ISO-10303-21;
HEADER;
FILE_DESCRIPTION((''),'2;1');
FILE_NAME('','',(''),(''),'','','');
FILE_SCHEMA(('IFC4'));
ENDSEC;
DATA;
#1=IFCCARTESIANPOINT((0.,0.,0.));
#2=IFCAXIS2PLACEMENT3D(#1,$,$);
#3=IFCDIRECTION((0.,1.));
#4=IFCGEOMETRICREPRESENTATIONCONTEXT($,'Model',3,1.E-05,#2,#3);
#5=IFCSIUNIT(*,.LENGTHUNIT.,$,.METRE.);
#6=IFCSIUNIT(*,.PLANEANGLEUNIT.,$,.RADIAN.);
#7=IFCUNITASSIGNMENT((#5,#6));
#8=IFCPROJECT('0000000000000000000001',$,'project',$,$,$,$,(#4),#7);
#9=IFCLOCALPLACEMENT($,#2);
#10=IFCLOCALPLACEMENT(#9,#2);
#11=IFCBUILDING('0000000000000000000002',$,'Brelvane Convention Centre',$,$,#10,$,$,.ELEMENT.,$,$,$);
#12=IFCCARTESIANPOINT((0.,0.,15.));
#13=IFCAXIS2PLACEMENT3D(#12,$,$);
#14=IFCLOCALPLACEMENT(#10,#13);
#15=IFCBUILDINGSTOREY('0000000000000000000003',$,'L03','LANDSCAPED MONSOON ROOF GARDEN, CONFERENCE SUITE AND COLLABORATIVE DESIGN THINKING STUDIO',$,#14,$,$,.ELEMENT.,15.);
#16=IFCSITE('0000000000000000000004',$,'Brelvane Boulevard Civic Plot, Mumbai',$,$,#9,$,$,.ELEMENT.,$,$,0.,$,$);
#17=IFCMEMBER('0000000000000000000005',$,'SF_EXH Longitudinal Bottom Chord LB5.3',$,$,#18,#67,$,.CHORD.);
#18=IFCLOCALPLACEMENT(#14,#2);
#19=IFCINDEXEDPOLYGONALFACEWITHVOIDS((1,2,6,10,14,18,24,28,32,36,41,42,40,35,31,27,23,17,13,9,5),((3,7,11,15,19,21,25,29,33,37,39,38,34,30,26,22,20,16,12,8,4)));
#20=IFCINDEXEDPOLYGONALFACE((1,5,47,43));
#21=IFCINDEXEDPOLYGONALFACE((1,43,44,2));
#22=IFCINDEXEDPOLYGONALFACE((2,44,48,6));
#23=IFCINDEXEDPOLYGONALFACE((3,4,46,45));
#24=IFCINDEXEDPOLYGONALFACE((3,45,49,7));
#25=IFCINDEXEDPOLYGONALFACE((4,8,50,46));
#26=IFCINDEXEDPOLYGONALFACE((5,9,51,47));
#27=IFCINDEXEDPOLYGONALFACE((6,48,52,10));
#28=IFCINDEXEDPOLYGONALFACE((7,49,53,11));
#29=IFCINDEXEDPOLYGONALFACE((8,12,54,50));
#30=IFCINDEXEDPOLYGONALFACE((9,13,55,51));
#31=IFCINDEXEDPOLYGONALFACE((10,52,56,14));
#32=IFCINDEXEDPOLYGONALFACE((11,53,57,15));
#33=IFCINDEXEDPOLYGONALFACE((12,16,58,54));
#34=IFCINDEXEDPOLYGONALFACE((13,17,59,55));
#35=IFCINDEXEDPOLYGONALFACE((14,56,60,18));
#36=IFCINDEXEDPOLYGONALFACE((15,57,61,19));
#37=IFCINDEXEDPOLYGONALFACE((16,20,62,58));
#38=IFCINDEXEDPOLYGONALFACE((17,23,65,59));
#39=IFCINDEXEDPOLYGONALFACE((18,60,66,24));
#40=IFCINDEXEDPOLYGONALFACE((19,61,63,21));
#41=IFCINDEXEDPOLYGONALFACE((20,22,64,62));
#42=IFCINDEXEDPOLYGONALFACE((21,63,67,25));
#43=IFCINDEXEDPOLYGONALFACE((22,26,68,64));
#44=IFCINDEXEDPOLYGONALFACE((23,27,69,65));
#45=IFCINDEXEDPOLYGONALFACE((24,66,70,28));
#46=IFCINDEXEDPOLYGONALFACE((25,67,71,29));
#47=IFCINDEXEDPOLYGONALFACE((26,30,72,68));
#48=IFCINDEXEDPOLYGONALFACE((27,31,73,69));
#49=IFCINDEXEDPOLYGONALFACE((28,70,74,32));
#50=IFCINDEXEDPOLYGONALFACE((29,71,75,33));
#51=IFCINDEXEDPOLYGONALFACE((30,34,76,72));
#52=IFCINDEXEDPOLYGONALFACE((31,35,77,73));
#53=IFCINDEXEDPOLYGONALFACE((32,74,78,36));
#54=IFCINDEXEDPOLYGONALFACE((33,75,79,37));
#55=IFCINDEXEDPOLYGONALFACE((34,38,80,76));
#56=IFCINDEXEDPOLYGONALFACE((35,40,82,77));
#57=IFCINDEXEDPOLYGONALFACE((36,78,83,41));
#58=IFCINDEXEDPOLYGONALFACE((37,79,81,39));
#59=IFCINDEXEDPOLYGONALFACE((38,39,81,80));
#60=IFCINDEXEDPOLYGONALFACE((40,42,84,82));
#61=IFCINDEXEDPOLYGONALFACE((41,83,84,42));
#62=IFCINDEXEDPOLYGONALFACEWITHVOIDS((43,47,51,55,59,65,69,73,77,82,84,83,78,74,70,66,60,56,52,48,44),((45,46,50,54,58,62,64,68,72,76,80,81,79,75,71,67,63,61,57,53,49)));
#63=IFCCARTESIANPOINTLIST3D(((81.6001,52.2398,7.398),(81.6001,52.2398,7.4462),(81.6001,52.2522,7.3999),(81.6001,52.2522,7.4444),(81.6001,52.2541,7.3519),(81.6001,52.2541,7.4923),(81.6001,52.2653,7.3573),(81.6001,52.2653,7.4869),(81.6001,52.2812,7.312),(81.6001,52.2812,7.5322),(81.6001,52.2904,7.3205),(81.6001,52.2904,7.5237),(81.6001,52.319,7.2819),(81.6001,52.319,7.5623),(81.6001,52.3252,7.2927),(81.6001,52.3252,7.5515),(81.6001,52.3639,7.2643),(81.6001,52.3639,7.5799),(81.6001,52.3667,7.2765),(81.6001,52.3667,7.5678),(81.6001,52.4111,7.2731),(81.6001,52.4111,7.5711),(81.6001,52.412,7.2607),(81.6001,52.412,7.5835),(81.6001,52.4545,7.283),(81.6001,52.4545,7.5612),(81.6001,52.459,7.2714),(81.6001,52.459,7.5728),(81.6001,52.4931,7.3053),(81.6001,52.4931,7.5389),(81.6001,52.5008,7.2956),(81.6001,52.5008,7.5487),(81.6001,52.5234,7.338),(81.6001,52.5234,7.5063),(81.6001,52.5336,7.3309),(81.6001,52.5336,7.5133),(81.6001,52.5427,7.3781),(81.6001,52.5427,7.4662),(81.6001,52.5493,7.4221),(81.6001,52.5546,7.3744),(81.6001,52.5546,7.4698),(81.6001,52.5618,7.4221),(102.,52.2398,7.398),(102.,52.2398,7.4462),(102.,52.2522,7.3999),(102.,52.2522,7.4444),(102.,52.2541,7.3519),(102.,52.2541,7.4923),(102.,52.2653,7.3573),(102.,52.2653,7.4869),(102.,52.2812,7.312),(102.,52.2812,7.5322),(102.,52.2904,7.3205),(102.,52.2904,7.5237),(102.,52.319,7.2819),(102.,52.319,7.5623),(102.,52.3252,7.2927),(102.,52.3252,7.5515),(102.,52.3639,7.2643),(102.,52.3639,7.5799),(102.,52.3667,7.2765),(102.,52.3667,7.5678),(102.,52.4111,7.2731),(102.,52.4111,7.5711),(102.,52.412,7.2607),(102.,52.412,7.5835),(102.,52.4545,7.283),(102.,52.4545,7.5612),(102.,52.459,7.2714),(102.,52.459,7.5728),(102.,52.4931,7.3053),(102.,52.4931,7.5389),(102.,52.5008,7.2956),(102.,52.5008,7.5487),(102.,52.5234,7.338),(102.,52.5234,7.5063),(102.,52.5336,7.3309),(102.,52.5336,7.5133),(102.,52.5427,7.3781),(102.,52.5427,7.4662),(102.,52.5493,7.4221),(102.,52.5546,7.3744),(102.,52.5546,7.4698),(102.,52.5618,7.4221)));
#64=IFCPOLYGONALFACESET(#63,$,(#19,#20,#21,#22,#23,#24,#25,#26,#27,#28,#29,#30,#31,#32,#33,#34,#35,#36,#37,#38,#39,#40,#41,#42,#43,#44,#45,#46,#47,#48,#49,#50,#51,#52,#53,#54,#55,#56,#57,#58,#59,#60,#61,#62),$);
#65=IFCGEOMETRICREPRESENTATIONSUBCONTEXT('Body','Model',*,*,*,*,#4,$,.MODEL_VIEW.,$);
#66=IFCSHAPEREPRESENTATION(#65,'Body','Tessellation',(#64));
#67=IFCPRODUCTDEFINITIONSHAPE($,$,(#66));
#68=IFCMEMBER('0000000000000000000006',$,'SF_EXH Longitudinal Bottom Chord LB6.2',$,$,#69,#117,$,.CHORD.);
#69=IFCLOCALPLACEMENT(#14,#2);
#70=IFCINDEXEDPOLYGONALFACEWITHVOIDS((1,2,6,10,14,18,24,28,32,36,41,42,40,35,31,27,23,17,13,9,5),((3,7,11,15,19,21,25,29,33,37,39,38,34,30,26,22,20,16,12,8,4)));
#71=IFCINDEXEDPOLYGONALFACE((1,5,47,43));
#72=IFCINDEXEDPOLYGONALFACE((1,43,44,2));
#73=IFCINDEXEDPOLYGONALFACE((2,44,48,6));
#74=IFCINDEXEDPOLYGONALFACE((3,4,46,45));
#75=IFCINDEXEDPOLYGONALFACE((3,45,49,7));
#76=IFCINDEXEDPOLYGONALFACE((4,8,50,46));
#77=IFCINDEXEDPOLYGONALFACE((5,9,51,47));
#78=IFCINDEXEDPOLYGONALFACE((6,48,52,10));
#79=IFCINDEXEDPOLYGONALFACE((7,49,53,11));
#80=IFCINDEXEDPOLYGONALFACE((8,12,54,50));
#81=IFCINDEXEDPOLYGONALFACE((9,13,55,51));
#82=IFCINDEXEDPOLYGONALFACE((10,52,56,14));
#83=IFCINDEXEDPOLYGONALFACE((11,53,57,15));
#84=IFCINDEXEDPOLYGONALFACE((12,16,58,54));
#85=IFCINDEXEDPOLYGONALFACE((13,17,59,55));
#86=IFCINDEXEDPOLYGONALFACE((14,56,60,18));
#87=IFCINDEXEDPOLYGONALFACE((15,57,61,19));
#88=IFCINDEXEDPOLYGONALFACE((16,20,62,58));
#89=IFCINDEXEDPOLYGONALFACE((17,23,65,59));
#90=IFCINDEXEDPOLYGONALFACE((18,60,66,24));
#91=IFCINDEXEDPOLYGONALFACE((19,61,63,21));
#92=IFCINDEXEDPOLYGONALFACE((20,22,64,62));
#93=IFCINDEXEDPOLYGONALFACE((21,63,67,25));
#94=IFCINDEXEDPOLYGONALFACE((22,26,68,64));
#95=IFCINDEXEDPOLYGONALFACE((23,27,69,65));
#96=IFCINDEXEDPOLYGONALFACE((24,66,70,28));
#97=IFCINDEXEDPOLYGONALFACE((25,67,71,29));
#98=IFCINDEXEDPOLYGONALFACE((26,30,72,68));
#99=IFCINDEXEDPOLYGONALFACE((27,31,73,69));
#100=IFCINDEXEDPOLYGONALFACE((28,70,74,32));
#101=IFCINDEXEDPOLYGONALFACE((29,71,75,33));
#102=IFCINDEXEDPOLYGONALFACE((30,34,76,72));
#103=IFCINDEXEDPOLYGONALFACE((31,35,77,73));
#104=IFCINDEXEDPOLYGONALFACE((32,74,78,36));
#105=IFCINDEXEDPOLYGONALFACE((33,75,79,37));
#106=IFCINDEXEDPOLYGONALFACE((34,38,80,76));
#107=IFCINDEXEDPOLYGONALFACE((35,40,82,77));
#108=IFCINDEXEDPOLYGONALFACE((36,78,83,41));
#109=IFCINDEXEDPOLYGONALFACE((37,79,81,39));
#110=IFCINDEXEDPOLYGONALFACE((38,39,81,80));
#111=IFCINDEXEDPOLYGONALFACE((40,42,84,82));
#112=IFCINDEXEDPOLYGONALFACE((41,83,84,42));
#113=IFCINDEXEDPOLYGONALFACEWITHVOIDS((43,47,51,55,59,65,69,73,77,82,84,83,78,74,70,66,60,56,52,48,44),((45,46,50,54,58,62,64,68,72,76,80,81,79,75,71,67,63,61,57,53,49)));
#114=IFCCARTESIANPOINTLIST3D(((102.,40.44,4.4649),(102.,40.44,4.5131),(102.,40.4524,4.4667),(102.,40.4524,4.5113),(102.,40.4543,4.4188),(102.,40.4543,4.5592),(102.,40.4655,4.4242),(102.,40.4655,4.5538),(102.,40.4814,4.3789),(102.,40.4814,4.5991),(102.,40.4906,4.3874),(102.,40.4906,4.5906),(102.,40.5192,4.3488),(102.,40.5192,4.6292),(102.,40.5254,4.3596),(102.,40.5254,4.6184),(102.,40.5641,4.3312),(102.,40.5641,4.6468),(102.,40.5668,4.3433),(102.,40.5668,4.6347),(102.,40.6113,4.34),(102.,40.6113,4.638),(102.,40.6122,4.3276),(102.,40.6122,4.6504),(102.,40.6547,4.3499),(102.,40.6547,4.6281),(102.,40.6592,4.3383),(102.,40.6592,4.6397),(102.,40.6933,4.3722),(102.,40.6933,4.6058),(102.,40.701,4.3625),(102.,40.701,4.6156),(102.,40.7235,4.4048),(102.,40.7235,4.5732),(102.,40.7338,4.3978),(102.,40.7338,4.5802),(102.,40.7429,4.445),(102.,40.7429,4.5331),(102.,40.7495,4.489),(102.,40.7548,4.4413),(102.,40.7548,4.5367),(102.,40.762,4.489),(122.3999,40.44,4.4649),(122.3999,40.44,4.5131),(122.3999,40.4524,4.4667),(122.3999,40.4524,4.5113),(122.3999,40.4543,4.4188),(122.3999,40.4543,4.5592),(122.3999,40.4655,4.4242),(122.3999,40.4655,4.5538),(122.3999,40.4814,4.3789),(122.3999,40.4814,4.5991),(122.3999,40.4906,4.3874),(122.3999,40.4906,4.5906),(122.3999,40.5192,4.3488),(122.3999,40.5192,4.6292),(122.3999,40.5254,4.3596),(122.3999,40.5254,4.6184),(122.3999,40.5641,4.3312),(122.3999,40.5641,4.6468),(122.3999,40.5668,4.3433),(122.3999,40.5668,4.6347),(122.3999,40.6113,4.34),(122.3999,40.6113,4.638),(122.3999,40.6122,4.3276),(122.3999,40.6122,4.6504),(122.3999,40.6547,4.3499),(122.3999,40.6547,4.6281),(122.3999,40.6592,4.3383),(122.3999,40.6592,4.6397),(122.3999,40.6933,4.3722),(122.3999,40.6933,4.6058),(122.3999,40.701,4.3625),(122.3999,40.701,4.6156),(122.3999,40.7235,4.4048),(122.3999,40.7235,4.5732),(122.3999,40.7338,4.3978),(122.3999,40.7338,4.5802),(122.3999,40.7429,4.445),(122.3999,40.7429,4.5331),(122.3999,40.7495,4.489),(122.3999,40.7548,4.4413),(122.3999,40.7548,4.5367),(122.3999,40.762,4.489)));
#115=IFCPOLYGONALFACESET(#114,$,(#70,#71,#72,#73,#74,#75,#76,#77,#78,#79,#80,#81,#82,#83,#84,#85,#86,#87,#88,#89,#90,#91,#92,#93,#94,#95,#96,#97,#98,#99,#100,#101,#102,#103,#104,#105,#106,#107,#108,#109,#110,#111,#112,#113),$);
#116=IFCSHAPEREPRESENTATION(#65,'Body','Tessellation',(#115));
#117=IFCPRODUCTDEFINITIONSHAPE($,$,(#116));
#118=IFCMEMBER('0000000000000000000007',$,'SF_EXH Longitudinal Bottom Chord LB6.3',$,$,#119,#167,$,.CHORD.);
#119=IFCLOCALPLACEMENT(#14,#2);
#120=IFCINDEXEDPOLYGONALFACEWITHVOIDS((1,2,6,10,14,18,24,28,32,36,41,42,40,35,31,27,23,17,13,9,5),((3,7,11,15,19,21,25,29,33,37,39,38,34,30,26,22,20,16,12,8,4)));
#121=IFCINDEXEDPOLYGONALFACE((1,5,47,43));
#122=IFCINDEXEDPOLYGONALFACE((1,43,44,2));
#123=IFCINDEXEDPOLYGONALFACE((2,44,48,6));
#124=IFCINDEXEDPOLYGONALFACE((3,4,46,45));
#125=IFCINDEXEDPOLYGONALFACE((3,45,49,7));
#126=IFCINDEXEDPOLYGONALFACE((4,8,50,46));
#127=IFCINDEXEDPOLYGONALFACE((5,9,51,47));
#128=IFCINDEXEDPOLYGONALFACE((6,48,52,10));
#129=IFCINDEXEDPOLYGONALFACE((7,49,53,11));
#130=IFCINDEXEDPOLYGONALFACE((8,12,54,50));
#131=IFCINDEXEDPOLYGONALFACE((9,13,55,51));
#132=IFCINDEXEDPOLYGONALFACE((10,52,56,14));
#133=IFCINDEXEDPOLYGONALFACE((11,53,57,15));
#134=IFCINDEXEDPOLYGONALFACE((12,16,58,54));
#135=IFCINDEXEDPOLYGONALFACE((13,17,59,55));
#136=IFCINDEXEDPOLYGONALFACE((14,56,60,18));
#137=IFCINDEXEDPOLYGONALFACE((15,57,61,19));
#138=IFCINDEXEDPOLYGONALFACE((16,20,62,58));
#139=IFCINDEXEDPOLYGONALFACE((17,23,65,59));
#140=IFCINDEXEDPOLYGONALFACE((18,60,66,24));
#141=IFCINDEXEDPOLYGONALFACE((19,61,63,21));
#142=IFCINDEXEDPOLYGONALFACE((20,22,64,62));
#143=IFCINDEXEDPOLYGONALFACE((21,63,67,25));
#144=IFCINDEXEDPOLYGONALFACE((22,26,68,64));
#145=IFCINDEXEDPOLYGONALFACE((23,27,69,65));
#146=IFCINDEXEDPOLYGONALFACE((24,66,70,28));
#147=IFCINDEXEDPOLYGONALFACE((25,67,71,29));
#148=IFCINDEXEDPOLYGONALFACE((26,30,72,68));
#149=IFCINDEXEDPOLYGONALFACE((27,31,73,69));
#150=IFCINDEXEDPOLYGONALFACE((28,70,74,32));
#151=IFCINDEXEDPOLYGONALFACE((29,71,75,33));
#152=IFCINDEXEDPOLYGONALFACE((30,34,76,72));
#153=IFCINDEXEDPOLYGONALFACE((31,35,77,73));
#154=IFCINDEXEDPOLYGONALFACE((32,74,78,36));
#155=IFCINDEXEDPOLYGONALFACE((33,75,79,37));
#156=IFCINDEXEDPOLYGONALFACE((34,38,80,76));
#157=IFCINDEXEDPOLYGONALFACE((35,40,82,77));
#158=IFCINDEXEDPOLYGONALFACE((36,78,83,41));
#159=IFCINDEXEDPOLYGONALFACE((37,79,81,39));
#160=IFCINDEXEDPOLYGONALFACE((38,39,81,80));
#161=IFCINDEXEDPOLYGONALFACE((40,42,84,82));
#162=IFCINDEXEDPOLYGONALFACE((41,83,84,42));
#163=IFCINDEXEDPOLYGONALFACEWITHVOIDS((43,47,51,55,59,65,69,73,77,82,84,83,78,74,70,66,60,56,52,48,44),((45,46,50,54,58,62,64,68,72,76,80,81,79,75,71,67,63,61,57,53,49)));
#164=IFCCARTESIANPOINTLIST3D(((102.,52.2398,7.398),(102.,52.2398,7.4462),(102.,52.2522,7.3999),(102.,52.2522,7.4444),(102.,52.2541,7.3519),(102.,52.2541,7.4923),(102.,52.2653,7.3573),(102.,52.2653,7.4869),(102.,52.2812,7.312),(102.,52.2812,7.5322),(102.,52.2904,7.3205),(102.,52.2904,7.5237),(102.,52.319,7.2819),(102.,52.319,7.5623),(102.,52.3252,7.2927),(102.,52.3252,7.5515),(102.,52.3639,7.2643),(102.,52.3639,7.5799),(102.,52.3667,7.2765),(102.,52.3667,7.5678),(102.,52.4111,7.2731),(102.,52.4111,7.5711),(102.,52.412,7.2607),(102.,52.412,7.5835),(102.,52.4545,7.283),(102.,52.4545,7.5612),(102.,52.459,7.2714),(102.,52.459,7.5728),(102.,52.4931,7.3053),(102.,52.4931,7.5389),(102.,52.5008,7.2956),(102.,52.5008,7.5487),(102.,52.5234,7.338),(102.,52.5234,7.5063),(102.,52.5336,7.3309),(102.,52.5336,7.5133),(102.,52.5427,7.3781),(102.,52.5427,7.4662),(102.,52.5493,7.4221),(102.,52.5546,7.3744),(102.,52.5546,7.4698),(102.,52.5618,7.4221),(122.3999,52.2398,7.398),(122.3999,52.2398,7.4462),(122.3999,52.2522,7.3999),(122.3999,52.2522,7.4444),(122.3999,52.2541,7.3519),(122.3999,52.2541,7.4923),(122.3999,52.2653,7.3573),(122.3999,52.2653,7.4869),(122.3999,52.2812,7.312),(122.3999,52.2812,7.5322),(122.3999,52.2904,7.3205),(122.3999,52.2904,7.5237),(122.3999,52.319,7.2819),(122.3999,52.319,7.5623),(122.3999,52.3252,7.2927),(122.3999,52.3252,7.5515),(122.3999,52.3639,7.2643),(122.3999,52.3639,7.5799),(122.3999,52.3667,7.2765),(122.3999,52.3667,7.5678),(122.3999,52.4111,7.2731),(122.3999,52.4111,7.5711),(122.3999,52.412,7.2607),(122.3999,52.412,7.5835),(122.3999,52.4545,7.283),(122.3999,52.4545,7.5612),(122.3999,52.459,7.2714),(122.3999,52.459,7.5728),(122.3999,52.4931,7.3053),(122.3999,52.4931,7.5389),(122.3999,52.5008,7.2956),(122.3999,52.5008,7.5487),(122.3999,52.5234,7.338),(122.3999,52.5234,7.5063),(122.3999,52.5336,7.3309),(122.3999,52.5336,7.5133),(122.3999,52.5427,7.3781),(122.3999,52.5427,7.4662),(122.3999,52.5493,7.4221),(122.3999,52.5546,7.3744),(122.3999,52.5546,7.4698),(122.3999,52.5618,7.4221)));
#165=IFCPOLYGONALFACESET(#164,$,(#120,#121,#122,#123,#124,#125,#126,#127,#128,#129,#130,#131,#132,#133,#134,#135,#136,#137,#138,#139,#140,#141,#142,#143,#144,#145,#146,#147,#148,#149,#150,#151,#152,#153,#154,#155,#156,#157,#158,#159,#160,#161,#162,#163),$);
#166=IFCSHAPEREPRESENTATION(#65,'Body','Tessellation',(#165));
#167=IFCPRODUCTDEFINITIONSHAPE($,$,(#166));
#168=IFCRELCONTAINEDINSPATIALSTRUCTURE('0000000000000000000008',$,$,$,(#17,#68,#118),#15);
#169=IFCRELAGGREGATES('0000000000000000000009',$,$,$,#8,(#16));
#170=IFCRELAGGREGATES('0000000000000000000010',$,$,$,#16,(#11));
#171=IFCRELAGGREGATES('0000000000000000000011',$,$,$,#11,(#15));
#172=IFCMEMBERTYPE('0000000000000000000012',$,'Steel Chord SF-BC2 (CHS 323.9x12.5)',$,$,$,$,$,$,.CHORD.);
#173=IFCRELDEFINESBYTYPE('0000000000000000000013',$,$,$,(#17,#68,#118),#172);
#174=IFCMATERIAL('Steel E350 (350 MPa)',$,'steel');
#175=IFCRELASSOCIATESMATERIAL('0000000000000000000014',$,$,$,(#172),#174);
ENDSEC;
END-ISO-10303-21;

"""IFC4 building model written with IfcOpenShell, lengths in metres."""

from ifc_helpers import new_model, si_unit, direction, frame, origin, origin_2d, place, context, subcontext, project, spatial, hollow_circle, extrude, material, material_profile, profile_set, type_object, element, save


model = new_model("IFC4")

# Units and contexts
model_context = context("Model", 3, precision=1e-05, world=origin(), true_north=direction((0.0, 1.0)))
body_context = subcontext(model_context, "Body", "Model", "MODEL_VIEW")
ifc_project = project(units=[si_unit("LENGTHUNIT", "METRE"), si_unit("PLANEANGLEUNIT", "RADIAN")], contexts=[model_context])

# Site, building, storey
site_placement = place(None, origin())
site = spatial("IfcSite", under=ifc_project, at=site_placement, Name="Brelvane Boulevard Civic Plot, Mumbai", CompositionType="ELEMENT", RefElevation=0.0)
building_placement = place(site_placement, origin())
building = spatial("IfcBuilding", under=site, at=building_placement, Name="Brelvane Convention Centre", CompositionType="ELEMENT")
storey_placement = place(building_placement, frame((0.0, 0.0, 15.0)))
storey = spatial("IfcBuildingStorey", under=building, at=storey_placement, Name="L03", Description="LANDSCAPED MONSOON ROOF GARDEN, CONFERENCE SUITE AND COLLABORATIVE DESIGN THINKING STUDIO", CompositionType="ELEMENT", Elevation=15.0)

# Members
ifc_material_1 = material(Name="Steel E350 (350 MPa)", Category="steel")
ifc_material_profile_1 = material_profile(ifc_material_1, hollow_circle(Radius=0.1619, WallThickness=0.0125, at=origin_2d()), Name="CHS 323.9x12.5")
ifc_profile_set_1 = profile_set([ifc_material_profile_1], Name="Steel E350 (350 MPa)")
member_type_1 = type_object("IfcMemberType", Name="Steel Chord SF-BC2 (CHS 323.9x12.5)", PredefinedType="CHORD", material=ifc_profile_set_1)
for number, where, z_axis, x_axis, name in (
    (1, (81.6001, 52.3999, 7.4221), (1.0, 0.0, 0.0), (0.0, 1.0, 0.0), "SF_EXH Longitudinal Bottom Chord LB5.3"),
    (2, (102.0, 40.6001, 4.489), (1.0, 0.0, 0.0), (0.0, 1.0, 0.0), "SF_EXH Longitudinal Bottom Chord LB6.2"),
    (3, (102.0, 52.3999, 7.4221), (1.0, 0.0, 0.0), (0.0, 1.0, 0.0), "SF_EXH Longitudinal Bottom Chord LB6.3"),
):
    element("IfcMember", number, at=place(storey_placement, frame(where, z_axis=z_axis, x_axis=x_axis)), inside=storey, type_object=member_type_1, Name=name, PredefinedType="CHORD", context=body_context, shape_type="SweptSolid", body=[
        extrude(hollow_circle(Radius=0.1619, WallThickness=0.0125, at=origin_2d()), origin(), (0.0, 0.0, 1.0), 20.3999),
    ])

save(model, "model.ifc")
